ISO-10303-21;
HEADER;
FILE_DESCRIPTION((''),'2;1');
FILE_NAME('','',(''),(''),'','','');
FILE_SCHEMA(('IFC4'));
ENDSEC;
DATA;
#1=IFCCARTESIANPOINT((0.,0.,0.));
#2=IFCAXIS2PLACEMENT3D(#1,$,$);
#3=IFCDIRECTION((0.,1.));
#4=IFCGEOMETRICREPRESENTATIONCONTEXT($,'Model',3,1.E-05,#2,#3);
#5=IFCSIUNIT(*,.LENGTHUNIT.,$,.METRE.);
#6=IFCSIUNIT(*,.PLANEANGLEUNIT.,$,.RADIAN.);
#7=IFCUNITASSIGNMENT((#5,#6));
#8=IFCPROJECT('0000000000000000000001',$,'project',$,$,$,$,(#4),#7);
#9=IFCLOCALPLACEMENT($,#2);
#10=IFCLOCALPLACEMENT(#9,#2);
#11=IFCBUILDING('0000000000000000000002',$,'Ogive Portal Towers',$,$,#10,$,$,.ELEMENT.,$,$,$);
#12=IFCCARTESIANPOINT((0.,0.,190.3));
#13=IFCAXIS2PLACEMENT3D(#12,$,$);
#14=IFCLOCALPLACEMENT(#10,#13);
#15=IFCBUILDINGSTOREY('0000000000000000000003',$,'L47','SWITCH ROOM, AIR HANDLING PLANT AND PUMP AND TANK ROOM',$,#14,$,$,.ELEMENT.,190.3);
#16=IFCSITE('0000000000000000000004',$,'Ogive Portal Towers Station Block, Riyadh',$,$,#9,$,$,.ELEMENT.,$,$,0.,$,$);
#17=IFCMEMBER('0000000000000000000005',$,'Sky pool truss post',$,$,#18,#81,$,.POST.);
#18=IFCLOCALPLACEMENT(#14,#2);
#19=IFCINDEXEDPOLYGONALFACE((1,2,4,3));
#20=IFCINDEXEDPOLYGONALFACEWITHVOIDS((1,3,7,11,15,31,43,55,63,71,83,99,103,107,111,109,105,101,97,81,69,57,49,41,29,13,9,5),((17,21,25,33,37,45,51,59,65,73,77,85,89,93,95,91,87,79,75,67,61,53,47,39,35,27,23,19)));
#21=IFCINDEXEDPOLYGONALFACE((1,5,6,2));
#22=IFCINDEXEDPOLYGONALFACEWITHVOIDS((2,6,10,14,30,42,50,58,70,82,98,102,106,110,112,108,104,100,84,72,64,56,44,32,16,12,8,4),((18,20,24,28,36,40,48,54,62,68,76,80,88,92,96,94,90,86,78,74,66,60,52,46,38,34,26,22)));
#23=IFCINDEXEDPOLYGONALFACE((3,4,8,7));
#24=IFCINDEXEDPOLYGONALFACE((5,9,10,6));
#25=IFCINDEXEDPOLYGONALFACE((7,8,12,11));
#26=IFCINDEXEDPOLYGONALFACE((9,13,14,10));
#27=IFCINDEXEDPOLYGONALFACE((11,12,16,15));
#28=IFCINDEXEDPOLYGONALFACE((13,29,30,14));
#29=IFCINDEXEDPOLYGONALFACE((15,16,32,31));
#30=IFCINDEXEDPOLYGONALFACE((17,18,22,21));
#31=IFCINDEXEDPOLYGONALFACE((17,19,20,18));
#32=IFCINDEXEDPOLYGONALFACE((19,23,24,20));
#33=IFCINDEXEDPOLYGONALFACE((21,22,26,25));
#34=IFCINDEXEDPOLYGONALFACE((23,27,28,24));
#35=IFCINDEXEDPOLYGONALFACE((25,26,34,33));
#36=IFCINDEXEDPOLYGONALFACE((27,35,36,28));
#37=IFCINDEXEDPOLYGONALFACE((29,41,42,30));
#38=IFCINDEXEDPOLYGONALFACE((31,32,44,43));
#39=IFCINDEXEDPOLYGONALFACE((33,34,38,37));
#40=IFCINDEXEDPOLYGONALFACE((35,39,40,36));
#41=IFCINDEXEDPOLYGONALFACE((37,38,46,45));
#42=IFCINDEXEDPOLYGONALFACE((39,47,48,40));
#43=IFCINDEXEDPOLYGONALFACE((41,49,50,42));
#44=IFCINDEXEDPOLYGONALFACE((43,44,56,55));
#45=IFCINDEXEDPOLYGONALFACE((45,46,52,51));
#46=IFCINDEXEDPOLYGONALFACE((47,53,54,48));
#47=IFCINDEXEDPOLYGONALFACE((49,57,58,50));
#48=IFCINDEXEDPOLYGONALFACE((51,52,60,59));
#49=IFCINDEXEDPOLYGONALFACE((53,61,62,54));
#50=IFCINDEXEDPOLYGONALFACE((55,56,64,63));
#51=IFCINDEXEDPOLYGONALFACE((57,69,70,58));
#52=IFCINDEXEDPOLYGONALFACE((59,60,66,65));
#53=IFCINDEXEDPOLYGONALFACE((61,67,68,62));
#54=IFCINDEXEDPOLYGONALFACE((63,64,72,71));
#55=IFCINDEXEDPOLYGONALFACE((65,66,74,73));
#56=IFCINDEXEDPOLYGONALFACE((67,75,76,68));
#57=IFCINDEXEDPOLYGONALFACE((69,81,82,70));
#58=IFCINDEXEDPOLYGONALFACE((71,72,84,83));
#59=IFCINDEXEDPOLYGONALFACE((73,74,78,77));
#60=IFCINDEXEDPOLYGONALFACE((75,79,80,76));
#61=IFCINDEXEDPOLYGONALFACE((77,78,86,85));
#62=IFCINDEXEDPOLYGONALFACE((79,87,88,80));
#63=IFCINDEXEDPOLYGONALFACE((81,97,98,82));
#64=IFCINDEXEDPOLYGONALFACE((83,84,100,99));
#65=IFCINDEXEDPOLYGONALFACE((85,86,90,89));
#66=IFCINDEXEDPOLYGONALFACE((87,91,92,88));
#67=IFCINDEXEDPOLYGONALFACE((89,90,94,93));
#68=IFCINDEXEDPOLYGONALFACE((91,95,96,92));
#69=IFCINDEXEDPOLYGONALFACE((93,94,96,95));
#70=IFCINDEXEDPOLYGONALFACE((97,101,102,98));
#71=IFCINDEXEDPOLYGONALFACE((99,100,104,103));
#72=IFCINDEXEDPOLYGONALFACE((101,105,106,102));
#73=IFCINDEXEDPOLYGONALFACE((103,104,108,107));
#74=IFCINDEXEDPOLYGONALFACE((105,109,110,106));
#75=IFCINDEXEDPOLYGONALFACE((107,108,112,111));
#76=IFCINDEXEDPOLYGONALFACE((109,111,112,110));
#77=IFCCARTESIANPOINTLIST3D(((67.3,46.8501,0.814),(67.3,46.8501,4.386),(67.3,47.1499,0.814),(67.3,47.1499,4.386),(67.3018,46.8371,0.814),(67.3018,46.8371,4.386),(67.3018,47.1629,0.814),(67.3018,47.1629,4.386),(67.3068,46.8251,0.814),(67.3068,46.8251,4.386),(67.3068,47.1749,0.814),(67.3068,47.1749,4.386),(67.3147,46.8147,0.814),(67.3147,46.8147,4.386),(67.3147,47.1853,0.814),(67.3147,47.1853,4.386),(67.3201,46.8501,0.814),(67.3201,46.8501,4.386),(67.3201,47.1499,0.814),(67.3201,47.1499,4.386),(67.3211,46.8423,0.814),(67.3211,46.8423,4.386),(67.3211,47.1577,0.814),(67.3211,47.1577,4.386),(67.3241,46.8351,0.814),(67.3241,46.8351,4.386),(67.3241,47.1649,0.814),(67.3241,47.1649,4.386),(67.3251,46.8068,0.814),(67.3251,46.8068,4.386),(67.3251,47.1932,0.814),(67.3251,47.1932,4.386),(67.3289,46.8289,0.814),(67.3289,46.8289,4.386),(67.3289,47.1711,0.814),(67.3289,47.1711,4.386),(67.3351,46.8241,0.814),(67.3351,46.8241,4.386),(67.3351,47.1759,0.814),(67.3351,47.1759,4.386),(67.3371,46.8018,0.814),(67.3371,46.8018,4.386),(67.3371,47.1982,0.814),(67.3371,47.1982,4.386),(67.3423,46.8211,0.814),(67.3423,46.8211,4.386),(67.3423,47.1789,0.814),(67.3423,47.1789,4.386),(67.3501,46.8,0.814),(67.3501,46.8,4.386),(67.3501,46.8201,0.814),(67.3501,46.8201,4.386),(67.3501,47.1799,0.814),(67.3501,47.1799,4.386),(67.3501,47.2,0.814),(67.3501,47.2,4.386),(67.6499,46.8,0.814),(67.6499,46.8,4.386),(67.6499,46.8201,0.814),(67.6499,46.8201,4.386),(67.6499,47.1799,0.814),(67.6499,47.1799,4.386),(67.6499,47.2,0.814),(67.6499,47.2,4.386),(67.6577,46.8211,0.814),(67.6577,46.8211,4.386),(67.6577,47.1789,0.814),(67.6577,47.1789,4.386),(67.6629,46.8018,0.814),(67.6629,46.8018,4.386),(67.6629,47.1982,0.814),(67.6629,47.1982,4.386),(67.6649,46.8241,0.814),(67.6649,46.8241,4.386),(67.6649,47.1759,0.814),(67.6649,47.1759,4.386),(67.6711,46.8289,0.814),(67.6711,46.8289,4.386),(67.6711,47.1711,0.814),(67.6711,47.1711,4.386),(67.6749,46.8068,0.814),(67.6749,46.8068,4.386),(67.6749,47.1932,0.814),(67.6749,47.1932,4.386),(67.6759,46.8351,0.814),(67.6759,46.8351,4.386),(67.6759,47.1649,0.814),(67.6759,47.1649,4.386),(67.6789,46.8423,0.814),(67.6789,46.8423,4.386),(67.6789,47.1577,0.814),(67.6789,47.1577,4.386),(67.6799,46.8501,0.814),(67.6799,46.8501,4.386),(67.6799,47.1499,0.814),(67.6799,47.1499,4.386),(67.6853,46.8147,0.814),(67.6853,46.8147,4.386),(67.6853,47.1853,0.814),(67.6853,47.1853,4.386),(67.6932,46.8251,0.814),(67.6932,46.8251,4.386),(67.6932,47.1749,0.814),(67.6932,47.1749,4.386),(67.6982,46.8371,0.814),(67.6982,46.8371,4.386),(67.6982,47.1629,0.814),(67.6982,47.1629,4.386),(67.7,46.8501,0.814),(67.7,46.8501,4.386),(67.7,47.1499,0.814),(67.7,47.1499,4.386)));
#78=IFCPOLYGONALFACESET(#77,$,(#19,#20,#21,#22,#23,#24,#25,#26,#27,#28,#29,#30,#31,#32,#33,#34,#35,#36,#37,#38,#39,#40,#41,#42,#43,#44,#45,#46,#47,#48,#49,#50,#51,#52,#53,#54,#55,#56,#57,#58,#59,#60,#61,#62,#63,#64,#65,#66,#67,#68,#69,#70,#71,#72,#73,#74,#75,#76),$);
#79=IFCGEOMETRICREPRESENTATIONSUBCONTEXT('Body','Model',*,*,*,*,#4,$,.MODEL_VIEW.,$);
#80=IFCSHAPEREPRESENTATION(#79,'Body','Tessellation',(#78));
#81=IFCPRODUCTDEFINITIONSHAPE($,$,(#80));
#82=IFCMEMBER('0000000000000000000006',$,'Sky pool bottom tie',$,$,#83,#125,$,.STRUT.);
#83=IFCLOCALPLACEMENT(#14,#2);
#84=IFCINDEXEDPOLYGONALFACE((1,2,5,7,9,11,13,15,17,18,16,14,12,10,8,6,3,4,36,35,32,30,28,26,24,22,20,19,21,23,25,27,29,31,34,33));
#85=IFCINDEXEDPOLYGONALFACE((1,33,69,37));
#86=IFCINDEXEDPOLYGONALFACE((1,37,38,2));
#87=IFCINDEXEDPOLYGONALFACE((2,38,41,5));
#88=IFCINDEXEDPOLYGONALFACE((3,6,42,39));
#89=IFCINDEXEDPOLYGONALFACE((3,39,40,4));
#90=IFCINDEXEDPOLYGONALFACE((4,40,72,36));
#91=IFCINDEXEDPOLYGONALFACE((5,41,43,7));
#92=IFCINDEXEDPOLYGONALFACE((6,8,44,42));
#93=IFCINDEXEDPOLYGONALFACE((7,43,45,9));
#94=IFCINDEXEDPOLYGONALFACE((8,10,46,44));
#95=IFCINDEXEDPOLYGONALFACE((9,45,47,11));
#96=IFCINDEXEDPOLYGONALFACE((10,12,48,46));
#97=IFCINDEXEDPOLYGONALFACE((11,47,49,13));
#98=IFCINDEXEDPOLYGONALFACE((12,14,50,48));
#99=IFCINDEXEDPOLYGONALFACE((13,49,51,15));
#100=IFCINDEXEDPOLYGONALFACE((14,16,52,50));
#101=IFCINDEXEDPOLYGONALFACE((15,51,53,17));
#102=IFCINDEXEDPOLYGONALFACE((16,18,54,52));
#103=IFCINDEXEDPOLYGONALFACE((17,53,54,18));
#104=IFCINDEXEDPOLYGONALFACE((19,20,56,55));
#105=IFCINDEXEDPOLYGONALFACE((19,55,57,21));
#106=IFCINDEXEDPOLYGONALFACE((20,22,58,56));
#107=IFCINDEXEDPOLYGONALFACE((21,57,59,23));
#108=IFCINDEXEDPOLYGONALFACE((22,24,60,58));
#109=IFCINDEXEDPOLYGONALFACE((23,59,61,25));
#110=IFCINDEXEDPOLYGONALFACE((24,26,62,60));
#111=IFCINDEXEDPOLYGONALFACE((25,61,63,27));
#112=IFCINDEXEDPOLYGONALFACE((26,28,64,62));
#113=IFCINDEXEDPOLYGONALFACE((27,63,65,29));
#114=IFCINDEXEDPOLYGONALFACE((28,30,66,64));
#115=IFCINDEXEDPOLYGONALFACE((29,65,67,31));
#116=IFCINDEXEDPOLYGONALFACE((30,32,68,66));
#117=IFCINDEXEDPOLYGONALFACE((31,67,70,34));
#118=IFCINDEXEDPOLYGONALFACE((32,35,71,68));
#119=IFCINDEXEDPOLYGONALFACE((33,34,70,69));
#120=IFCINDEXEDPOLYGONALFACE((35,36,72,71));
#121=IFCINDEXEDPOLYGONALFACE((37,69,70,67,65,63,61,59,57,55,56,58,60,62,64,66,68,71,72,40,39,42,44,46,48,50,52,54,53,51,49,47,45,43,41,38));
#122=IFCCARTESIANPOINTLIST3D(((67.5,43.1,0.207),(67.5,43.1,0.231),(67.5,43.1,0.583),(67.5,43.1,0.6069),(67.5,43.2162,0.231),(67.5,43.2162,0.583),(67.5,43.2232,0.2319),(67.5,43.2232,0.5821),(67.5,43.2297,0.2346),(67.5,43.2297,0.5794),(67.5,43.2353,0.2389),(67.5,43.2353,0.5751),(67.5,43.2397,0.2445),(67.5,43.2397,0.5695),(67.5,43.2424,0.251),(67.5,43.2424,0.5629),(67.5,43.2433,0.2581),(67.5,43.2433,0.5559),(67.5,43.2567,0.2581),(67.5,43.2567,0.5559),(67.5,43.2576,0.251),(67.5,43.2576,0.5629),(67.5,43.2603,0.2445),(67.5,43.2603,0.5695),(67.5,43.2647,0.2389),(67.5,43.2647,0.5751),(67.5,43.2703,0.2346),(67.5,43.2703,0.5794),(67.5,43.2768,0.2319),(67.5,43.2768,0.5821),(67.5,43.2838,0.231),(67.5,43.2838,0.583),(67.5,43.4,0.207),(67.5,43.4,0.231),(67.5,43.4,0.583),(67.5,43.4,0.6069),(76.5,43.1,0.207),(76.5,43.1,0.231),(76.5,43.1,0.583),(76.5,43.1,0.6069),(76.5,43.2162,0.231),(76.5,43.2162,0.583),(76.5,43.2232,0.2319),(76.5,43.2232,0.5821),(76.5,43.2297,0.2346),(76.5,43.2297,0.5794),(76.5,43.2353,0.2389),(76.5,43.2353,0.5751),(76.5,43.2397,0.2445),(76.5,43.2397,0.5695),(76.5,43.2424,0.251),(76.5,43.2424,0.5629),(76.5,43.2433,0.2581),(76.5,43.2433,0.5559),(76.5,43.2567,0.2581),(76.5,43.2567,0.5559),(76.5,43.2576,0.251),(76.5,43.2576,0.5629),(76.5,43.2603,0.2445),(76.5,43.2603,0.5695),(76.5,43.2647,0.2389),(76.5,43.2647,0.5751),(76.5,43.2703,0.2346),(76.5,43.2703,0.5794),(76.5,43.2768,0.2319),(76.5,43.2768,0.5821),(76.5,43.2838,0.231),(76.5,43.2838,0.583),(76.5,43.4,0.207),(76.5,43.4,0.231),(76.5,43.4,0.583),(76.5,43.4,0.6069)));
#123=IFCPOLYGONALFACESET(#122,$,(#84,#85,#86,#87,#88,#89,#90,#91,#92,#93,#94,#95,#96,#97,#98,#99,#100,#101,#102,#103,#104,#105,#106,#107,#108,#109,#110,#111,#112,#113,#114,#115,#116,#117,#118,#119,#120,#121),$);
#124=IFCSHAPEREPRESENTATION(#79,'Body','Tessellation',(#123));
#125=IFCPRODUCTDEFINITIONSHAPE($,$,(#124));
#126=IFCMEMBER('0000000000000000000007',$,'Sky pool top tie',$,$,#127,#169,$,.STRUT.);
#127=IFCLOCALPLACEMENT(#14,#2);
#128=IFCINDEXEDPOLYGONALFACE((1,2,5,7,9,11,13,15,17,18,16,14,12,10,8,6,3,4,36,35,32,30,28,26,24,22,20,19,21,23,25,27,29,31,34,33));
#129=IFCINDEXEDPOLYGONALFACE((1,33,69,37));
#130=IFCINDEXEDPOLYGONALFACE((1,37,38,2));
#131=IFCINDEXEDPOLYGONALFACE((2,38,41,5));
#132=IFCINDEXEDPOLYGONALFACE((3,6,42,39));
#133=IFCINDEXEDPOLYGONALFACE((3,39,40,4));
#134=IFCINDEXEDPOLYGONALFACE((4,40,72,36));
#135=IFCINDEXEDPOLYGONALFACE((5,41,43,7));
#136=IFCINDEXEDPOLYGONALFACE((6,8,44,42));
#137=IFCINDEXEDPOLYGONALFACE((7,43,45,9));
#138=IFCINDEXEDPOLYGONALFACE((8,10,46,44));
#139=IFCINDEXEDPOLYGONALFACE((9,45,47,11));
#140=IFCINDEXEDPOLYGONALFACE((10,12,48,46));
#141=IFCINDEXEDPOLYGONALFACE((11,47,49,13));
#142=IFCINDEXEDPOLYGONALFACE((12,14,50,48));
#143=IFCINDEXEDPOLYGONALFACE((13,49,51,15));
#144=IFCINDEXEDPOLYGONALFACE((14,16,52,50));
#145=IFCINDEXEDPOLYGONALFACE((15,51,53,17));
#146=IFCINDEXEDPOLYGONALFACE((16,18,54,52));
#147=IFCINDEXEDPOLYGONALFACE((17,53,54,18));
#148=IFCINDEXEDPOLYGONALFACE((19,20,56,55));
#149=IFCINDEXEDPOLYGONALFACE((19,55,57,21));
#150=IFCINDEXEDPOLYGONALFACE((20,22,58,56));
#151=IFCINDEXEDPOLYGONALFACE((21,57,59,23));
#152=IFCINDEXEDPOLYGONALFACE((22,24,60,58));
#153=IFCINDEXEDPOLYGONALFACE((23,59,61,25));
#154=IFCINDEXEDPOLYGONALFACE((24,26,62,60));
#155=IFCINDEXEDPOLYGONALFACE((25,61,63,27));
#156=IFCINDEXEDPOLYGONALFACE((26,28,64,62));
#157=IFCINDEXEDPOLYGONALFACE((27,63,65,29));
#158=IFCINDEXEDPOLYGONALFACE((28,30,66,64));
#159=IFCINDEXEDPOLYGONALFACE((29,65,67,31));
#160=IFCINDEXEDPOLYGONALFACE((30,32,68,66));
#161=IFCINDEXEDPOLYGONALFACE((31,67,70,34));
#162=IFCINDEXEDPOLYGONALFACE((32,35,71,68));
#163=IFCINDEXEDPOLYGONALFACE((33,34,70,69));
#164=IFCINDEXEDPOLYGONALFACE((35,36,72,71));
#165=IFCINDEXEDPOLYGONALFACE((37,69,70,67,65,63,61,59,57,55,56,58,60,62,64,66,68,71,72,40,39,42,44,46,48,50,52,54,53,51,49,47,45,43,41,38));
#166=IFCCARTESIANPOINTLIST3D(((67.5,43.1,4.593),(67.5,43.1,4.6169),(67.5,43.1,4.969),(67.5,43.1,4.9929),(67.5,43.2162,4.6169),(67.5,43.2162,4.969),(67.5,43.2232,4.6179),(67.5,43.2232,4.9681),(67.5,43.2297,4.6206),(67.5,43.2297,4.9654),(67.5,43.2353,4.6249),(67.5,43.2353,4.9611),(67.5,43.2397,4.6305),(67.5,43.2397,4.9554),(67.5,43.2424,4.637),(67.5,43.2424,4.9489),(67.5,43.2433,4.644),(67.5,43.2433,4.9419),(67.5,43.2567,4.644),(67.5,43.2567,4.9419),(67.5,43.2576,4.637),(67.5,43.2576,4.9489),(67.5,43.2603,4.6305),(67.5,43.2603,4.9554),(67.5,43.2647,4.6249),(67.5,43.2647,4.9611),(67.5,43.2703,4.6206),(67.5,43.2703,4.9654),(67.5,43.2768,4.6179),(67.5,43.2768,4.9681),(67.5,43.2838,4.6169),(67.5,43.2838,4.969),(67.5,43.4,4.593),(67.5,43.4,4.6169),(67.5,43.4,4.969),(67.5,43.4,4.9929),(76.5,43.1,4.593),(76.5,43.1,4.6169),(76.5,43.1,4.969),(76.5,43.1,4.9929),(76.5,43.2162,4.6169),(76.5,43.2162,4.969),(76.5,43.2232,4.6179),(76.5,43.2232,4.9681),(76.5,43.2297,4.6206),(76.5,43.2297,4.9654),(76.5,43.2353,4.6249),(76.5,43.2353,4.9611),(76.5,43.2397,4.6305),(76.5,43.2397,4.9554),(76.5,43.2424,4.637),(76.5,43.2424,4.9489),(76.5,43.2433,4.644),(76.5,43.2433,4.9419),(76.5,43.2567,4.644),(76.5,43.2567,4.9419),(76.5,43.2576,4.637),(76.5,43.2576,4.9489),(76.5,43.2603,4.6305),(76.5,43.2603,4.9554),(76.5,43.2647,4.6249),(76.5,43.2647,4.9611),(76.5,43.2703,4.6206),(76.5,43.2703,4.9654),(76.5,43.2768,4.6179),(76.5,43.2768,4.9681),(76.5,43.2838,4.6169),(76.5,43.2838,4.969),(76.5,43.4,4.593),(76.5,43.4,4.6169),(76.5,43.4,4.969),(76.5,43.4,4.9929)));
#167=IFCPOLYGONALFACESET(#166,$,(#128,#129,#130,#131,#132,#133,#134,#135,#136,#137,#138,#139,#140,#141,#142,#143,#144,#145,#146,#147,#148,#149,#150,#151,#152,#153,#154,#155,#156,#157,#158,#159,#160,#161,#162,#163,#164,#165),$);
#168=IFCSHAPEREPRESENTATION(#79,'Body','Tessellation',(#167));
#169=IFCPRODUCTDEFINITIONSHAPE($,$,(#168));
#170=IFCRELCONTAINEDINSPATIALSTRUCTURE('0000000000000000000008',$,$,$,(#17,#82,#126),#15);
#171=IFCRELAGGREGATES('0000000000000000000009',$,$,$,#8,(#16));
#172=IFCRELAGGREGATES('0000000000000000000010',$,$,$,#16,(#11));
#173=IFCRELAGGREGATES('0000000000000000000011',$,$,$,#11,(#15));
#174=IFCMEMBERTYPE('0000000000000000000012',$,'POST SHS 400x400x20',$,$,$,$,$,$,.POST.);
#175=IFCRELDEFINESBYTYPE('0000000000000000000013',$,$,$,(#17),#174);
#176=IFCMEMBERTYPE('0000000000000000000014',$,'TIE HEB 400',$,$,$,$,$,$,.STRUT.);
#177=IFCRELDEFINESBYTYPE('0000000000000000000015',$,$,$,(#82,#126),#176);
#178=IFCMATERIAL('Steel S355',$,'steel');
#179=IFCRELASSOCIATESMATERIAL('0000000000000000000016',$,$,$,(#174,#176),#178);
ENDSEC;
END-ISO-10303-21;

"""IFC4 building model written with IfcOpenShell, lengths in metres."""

from ifc_helpers import new_model, si_unit, direction, frame, origin, origin_2d, place, context, subcontext, project, spatial, hollow_rectangle, i_section, extrude, material, material_profile, profile_set, type_object, element, save


model = new_model("IFC4")

# Units and contexts
model_context = context("Model", 3, precision=1e-05, world=origin(), true_north=direction((0.0, 1.0)))
body_context = subcontext(model_context, "Body", "Model", "MODEL_VIEW")
ifc_project = project(units=[si_unit("LENGTHUNIT", "METRE"), si_unit("PLANEANGLEUNIT", "RADIAN")], contexts=[model_context])

# Site, building, storey
site_placement = place(None, origin())
site = spatial("IfcSite", under=ifc_project, at=site_placement, Name="Ogive Portal Towers Station Block, Riyadh", CompositionType="ELEMENT", RefElevation=0.0)
building_placement = place(site_placement, origin())
building = spatial("IfcBuilding", under=site, at=building_placement, Name="Ogive Portal Towers", CompositionType="ELEMENT")
storey_placement = place(building_placement, frame((0.0, 0.0, 190.3)))
storey = spatial("IfcBuildingStorey", under=building, at=storey_placement, Name="L47", Description="SWITCH ROOM, AIR HANDLING PLANT AND PUMP AND TANK ROOM", CompositionType="ELEMENT", Elevation=190.3)

# Members
ifc_material_1 = material(Name="Steel S355", Category="steel")
ifc_material_profile_1 = material_profile(ifc_material_1, hollow_rectangle(XDim=0.3999, YDim=0.3999, WallThickness=0.02, InnerFilletRadius=0.03, OuterFilletRadius=0.05, at=origin_2d()), Name="SHS 400x400x20")
ifc_profile_set_1 = profile_set([ifc_material_profile_1], Name="Steel S355")
member_type_1 = type_object("IfcMemberType", Name="POST SHS 400x400x20", PredefinedType="POST", material=ifc_profile_set_1)
for number, where, z_axis, x_axis, name in (
    (1, (67.5, 47.0, 0.814), (0.0, 0.0, 1.0), (1.0, 0.0, 0.0), "Sky pool truss post"),
):
    element("IfcMember", number, at=place(storey_placement, frame(where, z_axis=z_axis, x_axis=x_axis)), inside=storey, type_object=member_type_1, Name=name, PredefinedType="POST", context=body_context, shape_type="SweptSolid", body=[
        extrude(hollow_rectangle(XDim=0.3999, YDim=0.3999, WallThickness=0.02, InnerFilletRadius=0.03, OuterFilletRadius=0.05, at=origin_2d()), origin(), (0.0, 0.0, 1.0), 3.572),
    ])
ifc_material_profile_2 = material_profile(ifc_material_1, i_section(OverallWidth=0.3, OverallDepth=0.3999, WebThickness=0.0134, FlangeThickness=0.0239, FilletRadius=0.0271, at=origin_2d()), Name="HEB 400")
ifc_profile_set_2 = profile_set([ifc_material_profile_2], Name="Steel S355")
member_type_2 = type_object("IfcMemberType", Name="TIE HEB 400", PredefinedType="STRUT", material=ifc_profile_set_2)
for number, where, z_axis, x_axis, name in (
    (2, (67.5, 43.25, 0.407), (1.0, 0.0, 0.0), (0.0, 1.0, 0.0), "Sky pool bottom tie"),
    (3, (67.5, 43.25, 4.793), (1.0, 0.0, 0.0), (0.0, 1.0, 0.0), "Sky pool top tie"),
):
    element("IfcMember", number, at=place(storey_placement, frame(where, z_axis=z_axis, x_axis=x_axis)), inside=storey, type_object=member_type_2, Name=name, PredefinedType="STRUT", context=body_context, shape_type="SweptSolid", body=[
        extrude(i_section(OverallWidth=0.3, OverallDepth=0.3999, WebThickness=0.0134, FlangeThickness=0.0239, FilletRadius=0.0271, at=origin_2d()), origin(), (0.0, 0.0, 1.0), 9.0),
    ])

save(model, "model.ifc")
